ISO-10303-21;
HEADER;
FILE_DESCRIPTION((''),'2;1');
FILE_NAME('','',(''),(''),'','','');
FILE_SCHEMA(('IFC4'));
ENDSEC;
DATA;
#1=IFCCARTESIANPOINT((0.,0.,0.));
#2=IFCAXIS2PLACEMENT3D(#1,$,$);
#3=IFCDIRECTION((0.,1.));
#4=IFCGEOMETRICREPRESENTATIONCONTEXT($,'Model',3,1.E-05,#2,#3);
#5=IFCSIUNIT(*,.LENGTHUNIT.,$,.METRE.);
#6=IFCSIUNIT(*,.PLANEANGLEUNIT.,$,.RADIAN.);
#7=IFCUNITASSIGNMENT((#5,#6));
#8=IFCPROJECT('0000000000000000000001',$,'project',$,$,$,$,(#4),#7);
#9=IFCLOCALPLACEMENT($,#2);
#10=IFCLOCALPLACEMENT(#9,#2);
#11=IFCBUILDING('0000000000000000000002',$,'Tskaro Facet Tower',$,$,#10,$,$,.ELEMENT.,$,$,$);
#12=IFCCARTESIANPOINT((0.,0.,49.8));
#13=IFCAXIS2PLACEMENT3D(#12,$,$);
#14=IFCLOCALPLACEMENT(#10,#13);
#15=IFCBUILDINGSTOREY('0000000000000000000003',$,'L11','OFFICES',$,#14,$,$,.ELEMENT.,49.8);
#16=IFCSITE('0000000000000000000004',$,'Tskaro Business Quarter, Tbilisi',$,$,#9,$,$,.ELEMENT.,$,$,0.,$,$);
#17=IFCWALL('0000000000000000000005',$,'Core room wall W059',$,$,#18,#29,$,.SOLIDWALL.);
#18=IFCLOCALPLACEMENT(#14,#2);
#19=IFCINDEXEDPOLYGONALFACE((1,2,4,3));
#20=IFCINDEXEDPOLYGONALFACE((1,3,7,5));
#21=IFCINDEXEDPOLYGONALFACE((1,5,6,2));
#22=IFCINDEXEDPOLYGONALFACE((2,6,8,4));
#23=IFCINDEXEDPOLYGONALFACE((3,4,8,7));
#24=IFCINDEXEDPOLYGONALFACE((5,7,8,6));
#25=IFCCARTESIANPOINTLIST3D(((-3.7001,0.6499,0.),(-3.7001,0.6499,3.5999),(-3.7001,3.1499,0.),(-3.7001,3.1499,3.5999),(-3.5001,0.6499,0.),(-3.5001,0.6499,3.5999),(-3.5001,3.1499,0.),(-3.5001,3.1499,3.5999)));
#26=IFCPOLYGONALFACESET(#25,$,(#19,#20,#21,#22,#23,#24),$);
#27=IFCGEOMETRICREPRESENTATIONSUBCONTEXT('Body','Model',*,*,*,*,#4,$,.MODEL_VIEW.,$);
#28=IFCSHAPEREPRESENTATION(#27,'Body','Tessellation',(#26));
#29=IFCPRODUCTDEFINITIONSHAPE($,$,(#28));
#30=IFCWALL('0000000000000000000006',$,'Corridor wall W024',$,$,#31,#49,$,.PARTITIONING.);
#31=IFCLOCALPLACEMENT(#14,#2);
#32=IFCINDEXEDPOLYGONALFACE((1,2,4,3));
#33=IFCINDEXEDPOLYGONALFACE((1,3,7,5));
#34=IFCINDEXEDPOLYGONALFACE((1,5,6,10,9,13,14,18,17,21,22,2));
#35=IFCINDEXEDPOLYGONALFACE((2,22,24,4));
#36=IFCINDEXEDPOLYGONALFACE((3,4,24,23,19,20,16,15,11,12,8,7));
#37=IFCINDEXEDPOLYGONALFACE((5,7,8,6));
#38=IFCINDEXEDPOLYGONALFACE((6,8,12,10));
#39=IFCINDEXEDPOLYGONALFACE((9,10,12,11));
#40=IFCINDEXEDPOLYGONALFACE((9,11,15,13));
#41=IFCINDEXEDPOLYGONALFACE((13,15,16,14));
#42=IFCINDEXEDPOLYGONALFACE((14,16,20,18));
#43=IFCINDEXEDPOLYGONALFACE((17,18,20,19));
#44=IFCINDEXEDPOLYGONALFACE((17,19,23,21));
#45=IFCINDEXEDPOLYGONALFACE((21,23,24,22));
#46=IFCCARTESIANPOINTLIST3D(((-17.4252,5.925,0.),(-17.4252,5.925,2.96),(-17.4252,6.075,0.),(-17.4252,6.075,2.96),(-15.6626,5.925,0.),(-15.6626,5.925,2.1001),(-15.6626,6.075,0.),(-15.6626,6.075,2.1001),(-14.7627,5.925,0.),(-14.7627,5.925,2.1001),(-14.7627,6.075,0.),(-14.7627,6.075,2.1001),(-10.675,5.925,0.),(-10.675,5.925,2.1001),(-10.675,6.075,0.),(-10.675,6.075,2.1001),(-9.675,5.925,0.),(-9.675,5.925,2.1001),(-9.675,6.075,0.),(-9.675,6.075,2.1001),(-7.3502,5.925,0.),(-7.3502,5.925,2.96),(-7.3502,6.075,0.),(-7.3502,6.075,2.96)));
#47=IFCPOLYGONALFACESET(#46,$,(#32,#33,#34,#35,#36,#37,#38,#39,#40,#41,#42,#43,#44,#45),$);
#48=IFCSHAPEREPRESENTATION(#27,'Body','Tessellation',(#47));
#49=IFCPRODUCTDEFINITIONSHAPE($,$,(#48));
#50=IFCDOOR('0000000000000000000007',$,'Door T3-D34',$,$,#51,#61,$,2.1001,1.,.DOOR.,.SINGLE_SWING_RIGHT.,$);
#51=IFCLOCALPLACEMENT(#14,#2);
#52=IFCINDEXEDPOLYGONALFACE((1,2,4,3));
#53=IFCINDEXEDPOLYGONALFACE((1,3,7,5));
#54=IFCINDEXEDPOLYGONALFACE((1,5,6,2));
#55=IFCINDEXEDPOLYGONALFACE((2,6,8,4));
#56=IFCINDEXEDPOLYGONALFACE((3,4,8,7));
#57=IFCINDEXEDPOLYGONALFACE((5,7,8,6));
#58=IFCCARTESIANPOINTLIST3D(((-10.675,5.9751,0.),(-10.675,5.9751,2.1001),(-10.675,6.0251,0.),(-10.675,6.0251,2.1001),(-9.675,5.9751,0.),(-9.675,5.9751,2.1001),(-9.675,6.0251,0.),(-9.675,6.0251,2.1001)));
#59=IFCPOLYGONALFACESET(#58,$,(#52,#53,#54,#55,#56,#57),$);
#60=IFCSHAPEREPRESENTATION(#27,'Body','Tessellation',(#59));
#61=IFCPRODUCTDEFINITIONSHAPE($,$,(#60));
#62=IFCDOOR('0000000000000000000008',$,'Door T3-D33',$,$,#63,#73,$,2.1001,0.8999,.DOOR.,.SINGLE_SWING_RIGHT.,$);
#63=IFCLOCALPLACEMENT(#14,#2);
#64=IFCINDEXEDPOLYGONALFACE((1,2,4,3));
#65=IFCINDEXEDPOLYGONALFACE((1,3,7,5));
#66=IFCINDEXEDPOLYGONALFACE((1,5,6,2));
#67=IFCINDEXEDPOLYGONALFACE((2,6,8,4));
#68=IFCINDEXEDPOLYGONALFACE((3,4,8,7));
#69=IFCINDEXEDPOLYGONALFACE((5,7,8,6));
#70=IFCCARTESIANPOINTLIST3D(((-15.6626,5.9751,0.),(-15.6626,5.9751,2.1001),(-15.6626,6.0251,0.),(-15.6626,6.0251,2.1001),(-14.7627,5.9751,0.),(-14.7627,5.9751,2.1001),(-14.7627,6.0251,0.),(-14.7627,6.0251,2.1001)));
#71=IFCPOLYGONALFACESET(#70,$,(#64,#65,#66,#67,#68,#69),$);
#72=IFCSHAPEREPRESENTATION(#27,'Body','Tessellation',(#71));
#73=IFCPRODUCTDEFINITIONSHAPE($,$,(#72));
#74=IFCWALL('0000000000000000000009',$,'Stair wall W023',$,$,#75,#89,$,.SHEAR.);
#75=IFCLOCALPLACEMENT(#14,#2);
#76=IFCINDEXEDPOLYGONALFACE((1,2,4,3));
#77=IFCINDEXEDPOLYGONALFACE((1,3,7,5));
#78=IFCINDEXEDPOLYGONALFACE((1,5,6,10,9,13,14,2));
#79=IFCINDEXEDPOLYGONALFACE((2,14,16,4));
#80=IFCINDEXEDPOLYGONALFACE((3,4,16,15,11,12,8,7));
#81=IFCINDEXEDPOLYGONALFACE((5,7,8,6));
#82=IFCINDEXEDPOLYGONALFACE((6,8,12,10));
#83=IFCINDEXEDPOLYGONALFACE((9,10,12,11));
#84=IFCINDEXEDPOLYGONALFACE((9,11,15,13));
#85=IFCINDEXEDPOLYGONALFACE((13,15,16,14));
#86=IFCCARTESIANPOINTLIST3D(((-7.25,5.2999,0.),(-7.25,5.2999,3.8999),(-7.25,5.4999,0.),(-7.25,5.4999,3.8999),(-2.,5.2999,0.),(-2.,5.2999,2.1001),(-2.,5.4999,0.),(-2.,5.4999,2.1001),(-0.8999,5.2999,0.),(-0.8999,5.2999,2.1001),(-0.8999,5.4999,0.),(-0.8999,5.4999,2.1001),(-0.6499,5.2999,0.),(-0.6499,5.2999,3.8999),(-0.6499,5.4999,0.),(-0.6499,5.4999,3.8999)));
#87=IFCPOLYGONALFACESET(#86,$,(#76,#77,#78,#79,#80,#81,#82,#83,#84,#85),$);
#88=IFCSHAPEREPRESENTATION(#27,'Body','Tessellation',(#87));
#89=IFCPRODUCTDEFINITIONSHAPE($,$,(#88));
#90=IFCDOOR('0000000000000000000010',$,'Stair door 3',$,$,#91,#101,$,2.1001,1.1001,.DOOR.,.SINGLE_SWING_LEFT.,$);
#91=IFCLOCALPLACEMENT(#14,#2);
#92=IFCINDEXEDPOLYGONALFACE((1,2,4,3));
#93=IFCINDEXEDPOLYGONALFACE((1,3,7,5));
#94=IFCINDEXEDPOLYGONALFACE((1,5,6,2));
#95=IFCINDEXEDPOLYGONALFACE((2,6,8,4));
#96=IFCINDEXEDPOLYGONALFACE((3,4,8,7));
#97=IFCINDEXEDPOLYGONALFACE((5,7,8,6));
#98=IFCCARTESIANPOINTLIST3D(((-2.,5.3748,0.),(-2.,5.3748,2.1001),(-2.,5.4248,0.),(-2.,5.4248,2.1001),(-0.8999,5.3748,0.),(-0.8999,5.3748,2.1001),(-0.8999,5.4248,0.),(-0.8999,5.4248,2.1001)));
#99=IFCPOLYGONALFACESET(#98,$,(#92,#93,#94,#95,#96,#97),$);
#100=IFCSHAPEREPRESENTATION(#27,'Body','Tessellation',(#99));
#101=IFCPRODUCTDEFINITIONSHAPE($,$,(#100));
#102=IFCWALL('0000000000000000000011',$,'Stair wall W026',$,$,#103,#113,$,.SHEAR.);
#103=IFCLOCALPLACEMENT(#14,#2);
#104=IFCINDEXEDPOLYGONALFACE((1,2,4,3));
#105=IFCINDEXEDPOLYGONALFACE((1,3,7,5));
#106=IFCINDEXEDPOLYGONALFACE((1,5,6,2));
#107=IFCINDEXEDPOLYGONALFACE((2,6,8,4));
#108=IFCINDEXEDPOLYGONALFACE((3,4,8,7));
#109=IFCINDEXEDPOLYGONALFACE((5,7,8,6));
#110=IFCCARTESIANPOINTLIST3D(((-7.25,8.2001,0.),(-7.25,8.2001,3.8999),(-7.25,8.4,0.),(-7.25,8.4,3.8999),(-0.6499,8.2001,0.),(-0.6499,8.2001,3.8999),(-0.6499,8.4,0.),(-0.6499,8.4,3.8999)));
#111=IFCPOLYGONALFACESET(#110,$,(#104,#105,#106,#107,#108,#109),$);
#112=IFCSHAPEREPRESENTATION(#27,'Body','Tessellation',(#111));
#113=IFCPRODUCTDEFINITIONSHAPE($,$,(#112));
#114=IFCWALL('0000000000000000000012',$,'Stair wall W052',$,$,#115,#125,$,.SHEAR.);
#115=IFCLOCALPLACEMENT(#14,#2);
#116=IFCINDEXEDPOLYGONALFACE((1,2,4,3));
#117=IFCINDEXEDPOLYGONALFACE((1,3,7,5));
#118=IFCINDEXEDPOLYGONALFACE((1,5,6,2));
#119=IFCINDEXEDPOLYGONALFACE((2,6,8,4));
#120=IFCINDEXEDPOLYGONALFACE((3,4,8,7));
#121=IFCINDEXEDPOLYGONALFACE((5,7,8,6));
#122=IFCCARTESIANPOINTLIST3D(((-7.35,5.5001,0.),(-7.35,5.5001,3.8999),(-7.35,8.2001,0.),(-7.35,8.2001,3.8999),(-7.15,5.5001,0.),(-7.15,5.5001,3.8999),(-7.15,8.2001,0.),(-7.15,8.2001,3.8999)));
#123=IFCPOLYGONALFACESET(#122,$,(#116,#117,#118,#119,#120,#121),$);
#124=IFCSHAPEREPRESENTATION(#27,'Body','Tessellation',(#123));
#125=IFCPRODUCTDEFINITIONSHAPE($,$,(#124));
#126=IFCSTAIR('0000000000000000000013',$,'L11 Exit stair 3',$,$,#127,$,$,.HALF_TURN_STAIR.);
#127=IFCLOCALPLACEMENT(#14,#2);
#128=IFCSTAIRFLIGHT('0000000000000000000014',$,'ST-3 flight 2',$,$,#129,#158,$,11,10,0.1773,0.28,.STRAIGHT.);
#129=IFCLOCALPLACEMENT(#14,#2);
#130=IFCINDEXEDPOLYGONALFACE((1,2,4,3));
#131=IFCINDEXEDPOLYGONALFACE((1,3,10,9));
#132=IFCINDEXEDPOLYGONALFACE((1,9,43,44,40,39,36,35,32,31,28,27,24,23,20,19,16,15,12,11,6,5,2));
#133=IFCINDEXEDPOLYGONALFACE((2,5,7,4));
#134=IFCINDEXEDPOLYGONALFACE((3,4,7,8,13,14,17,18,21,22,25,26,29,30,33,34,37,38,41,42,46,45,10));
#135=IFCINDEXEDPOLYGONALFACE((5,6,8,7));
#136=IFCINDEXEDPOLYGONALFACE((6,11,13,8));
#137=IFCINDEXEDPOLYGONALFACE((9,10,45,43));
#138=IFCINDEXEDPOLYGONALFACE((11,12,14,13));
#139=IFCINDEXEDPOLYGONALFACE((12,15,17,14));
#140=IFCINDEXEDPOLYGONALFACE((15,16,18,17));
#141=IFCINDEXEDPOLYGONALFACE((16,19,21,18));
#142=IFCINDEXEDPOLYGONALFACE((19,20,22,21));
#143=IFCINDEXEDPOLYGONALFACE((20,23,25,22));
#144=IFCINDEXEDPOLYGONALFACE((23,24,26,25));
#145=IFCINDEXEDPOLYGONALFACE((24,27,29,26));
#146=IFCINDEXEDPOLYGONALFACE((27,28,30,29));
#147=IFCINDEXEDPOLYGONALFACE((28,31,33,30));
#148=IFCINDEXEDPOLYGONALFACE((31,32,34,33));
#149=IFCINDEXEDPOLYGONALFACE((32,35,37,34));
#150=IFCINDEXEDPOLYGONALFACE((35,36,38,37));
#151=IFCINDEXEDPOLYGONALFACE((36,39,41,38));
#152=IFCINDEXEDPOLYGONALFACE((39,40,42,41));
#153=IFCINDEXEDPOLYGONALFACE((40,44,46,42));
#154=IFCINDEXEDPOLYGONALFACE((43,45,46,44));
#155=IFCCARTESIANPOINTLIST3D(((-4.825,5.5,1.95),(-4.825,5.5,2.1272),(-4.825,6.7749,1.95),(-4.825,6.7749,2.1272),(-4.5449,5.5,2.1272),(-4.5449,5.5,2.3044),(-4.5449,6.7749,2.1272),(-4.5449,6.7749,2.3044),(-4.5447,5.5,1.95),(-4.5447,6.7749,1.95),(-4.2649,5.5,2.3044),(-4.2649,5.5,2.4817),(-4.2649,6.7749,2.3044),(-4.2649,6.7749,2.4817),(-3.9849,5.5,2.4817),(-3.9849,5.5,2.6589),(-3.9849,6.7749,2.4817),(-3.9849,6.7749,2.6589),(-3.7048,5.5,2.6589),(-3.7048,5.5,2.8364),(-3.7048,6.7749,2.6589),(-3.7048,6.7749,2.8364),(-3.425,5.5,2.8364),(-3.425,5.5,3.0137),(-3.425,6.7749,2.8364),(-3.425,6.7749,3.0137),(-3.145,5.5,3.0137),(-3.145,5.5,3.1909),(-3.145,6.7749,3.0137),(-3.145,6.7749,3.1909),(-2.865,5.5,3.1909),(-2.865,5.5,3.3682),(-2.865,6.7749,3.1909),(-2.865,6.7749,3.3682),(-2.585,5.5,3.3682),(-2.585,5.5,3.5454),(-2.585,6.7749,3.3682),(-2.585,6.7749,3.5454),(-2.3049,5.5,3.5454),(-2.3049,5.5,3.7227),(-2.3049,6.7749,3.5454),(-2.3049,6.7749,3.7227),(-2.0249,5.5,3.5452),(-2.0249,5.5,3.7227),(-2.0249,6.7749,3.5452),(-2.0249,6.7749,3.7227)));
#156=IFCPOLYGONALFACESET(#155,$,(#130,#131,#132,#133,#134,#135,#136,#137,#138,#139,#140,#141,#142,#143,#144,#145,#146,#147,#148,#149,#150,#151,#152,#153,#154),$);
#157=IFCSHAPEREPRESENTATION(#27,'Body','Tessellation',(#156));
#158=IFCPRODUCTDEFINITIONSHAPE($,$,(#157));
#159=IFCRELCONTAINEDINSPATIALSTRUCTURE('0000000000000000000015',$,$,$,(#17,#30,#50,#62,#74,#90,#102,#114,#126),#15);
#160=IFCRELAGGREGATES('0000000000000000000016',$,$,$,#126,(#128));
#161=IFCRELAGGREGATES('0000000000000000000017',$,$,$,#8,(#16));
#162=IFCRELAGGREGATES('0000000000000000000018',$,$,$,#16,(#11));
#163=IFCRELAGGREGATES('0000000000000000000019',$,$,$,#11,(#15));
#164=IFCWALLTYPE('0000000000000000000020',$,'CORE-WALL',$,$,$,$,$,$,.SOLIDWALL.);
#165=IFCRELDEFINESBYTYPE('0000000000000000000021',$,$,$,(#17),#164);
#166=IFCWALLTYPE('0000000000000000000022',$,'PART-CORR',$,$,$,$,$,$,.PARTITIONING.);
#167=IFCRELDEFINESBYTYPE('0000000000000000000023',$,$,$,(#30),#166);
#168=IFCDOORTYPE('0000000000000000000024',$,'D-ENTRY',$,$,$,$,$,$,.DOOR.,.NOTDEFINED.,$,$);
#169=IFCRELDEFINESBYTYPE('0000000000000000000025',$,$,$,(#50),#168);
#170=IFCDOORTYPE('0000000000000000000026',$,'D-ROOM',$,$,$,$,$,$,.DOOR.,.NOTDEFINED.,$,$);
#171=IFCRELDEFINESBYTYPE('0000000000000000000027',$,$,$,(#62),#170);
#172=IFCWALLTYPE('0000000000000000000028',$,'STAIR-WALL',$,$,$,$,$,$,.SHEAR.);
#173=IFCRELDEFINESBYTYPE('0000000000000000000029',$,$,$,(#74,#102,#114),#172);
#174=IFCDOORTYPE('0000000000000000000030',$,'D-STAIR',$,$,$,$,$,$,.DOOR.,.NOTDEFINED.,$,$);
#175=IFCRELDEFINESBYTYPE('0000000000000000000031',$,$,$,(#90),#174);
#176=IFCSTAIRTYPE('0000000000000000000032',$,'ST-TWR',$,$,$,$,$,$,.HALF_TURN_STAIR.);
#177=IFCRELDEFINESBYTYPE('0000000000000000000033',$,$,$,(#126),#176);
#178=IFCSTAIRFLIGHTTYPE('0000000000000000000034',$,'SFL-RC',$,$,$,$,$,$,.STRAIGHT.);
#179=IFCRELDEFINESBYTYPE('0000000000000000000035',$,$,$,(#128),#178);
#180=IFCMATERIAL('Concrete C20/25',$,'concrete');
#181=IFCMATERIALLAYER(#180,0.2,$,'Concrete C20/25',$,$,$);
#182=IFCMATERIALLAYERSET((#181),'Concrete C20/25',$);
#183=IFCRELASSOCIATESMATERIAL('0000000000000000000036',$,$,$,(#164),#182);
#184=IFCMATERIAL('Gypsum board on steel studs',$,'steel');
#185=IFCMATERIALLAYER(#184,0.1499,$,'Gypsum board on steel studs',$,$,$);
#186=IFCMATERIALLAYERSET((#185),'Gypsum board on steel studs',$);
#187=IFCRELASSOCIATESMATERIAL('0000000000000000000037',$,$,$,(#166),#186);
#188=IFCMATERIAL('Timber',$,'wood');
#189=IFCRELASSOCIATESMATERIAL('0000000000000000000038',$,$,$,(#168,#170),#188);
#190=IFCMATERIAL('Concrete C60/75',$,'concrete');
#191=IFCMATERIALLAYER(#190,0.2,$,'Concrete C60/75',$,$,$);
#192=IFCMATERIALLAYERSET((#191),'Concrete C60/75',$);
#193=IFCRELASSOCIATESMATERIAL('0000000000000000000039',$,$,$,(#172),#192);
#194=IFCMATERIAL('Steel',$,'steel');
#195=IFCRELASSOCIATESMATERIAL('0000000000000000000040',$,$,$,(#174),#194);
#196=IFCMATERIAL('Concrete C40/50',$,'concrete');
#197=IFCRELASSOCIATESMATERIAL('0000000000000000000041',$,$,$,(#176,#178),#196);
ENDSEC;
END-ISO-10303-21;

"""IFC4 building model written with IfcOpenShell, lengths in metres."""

from ifc_helpers import new_model, si_unit, direction, frame, frame_2d, origin, place, context, subcontext, project, spatial, polyline, rectangle, outline, extrude, material, layer, layer_set, type_object, element, fill, aggregate, save


model = new_model("IFC4")

# Units and contexts
model_context = context("Model", 3, precision=1e-05, world=origin(), true_north=direction((0.0, 1.0)))
body_context = subcontext(model_context, "Body", "Model", "MODEL_VIEW")
ifc_project = project(units=[si_unit("LENGTHUNIT", "METRE"), si_unit("PLANEANGLEUNIT", "RADIAN")], contexts=[model_context])

# Site, building, storey
site_placement = place(None, origin())
site = spatial("IfcSite", under=ifc_project, at=site_placement, Name="Tskaro Business Quarter, Tbilisi", CompositionType="ELEMENT", RefElevation=0.0)
building_placement = place(site_placement, origin())
building = spatial("IfcBuilding", under=site, at=building_placement, Name="Tskaro Facet Tower", CompositionType="ELEMENT")
storey_placement = place(building_placement, frame((0.0, 0.0, 49.8)))
storey = spatial("IfcBuildingStorey", under=building, at=storey_placement, Name="L11", Description="OFFICES", CompositionType="ELEMENT", Elevation=49.8)

# Wall
ifc_material_1 = material(Name="Concrete C20/25", Category="concrete")
ifc_layer_1 = layer(ifc_material_1, 0.2, Name="Concrete C20/25")
ifc_layer_set_1 = layer_set([ifc_layer_1], Name="Concrete C20/25")
wall_type_1 = type_object("IfcWallType", Name="CORE-WALL", PredefinedType="SOLIDWALL", material=ifc_layer_set_1)
for number, where, z_axis, x_axis, name in (
    (1, (-3.6001, 0.6499, 0.0), (0.0, 0.0, 1.0), (0.0, 1.0, 0.0), "Core room wall W059"),
):
    element("IfcWall", number, at=place(storey_placement, frame(where, z_axis=z_axis, x_axis=x_axis)), inside=storey, type_object=wall_type_1, Name=name, PredefinedType="SOLIDWALL", context=body_context, shape_type="SweptSolid", body=[
        extrude(rectangle(XDim=2.5, YDim=0.2, at=frame_2d((1.25, 0.0))), origin(), (0.0, 0.0, 1.0), 3.5999),
    ])

# Wall, openings, doors
ifc_material_2 = material(Name="Gypsum board on steel studs", Category="steel")
ifc_layer_2 = layer(ifc_material_2, 0.1499, Name="Gypsum board on steel studs")
ifc_layer_set_2 = layer_set([ifc_layer_2], Name="Gypsum board on steel studs")
wall_type_2 = type_object("IfcWallType", Name="PART-CORR", PredefinedType="PARTITIONING", material=ifc_layer_set_2)
wall_1_placement = place(storey_placement, frame((-7.3501, 6.0, 0.0), z_axis=(0.0, 0.0, 1.0), x_axis=(-1.0, 0.0, 0.0)))
wall_1 = element("IfcWall", 2, at=wall_1_placement, inside=storey, type_object=wall_type_2, Name="Corridor wall W024", PredefinedType="PARTITIONING", context=body_context, shape_type="SweptSolid", body=[
    extrude(rectangle(XDim=10.075, YDim=0.1499, at=frame_2d((5.0376, 0.0))), origin(), (0.0, 0.0, 1.0), 2.96),
])
opening_1_placement = place(wall_1_placement, frame((2.325, 0.0, 0.0)))
opening_1 = element("IfcOpeningElement", 3, at=opening_1_placement, cuts=wall_1, PredefinedType="OPENING", context=body_context, shape_type="SweptSolid", body=[
    extrude(rectangle(XDim=1.0, YDim=2.1001, at=frame_2d((0.5, 1.05))), frame((0.0, 0.085, 0.0), z_axis=(0.0, -1.0, 0.0), x_axis=(1.0, 0.0, 0.0)), (0.0, 0.0, 1.0), 0.1699),
])
opening_2_placement = place(wall_1_placement, frame((7.4126, 0.0, 0.0)))
opening_2 = element("IfcOpeningElement", 4, at=opening_2_placement, cuts=wall_1, PredefinedType="OPENING", context=body_context, shape_type="SweptSolid", body=[
    extrude(rectangle(XDim=0.8999, YDim=2.1001, at=frame_2d((0.45, 1.05))), frame((0.0, 0.085, 0.0), z_axis=(0.0, -1.0, 0.0), x_axis=(1.0, 0.0, 0.0)), (0.0, 0.0, 1.0), 0.1699),
])
ifc_material_3 = material(Name="Timber", Category="wood")
door_type_1 = type_object("IfcDoorType", Name="D-ENTRY", OperationType="NOTDEFINED", PredefinedType="DOOR", material=ifc_material_3)
door_1_placement = place(opening_1_placement, origin())
door_1 = element("IfcDoor", 5, at=door_1_placement, inside=storey, type_object=door_type_1, Name="Door T3-D34", OperationType="SINGLE_SWING_RIGHT", OverallHeight=2.1001, OverallWidth=1.0, PredefinedType="DOOR", context=body_context, shape_type="SweptSolid", body=[
    extrude(rectangle(XDim=1.0, YDim=2.1001, at=frame_2d((0.5, 1.05))), frame((0.0, 0.0249, 0.0), z_axis=(0.0, -1.0, 0.0), x_axis=(1.0, 0.0, 0.0)), (0.0, 0.0, 1.0), 0.05),
])
fill(opening_1, door_1)
door_type_2 = type_object("IfcDoorType", Name="D-ROOM", OperationType="NOTDEFINED", PredefinedType="DOOR", material=ifc_material_3)
door_2_placement = place(opening_2_placement, origin())
door_2 = element("IfcDoor", 6, at=door_2_placement, inside=storey, type_object=door_type_2, Name="Door T3-D33", OperationType="SINGLE_SWING_RIGHT", OverallHeight=2.1001, OverallWidth=0.8999, PredefinedType="DOOR", context=body_context, shape_type="SweptSolid", body=[
    extrude(rectangle(XDim=0.8999, YDim=2.1001, at=frame_2d((0.45, 1.05))), frame((0.0, 0.0249, 0.0), z_axis=(0.0, -1.0, 0.0), x_axis=(1.0, 0.0, 0.0)), (0.0, 0.0, 1.0), 0.05),
])
fill(opening_2, door_2)

# Wall, opening, door
ifc_material_4 = material(Name="Concrete C60/75", Category="concrete")
ifc_layer_3 = layer(ifc_material_4, 0.2, Name="Concrete C60/75")
ifc_layer_set_3 = layer_set([ifc_layer_3], Name="Concrete C60/75")
wall_type_3 = type_object("IfcWallType", Name="STAIR-WALL", PredefinedType="SHEAR", material=ifc_layer_set_3)
wall_2_placement = place(storey_placement, frame((-7.25, 5.3999, 0.0), z_axis=(0.0, 0.0, 1.0), x_axis=(1.0, 0.0, 0.0)))
wall_2 = element("IfcWall", 7, at=wall_2_placement, inside=storey, type_object=wall_type_3, Name="Stair wall W023", PredefinedType="SHEAR", context=body_context, shape_type="SweptSolid", body=[
    extrude(rectangle(XDim=6.6001, YDim=0.2, at=frame_2d((3.3, 0.0))), origin(), (0.0, 0.0, 1.0), 3.8999),
])
opening_3_placement = place(wall_2_placement, frame((5.25, 0.0, 0.0)))
opening_3 = element("IfcOpeningElement", 8, at=opening_3_placement, cuts=wall_2, PredefinedType="OPENING", context=body_context, shape_type="SweptSolid", body=[
    extrude(rectangle(XDim=1.1001, YDim=2.1001, at=frame_2d((0.55, 1.05))), frame((0.0, 0.1099, 0.0), z_axis=(0.0, -1.0, 0.0), x_axis=(1.0, 0.0, 0.0)), (0.0, 0.0, 1.0), 0.22),
])
ifc_material_5 = material(Name="Steel", Category="steel")
door_type_3 = type_object("IfcDoorType", Name="D-STAIR", OperationType="NOTDEFINED", PredefinedType="DOOR", material=ifc_material_5)
door_3_placement = place(opening_3_placement, origin())
door_3 = element("IfcDoor", 9, at=door_3_placement, inside=storey, type_object=door_type_3, Name="Stair door 3", OperationType="SINGLE_SWING_LEFT", OverallHeight=2.1001, OverallWidth=1.1001, PredefinedType="DOOR", context=body_context, shape_type="SweptSolid", body=[
    extrude(rectangle(XDim=1.1001, YDim=2.1001, at=frame_2d((0.55, 1.05))), frame((0.0, 0.0249, 0.0), z_axis=(0.0, -1.0, 0.0), x_axis=(1.0, 0.0, 0.0)), (0.0, 0.0, 1.0), 0.05),
])
fill(opening_3, door_3)

# Walls
wall_3_placement = place(storey_placement, frame((-7.25, 8.3, 0.0), z_axis=(0.0, 0.0, 1.0), x_axis=(1.0, 0.0, 0.0)))
element("IfcWall", 10, at=wall_3_placement, inside=storey, type_object=wall_type_3, Name="Stair wall W026", PredefinedType="SHEAR", context=body_context, shape_type="SweptSolid", body=[
    extrude(rectangle(XDim=6.6001, YDim=0.2, at=frame_2d((3.3, 0.0))), origin(), (0.0, 0.0, 1.0), 3.8999),
])
wall_4_placement = place(storey_placement, frame((-7.25, 5.5, 0.0), z_axis=(0.0, 0.0, 1.0), x_axis=(0.0, 1.0, 0.0)))
element("IfcWall", 11, at=wall_4_placement, inside=storey, type_object=wall_type_3, Name="Stair wall W052", PredefinedType="SHEAR", context=body_context, shape_type="SweptSolid", body=[
    extrude(rectangle(XDim=2.7, YDim=0.2, at=frame_2d((1.3501, 0.0))), origin(), (0.0, 0.0, 1.0), 3.8999),
])

# Stair, stair flight
ifc_material_6 = material(Name="Concrete C40/50", Category="concrete")
stair_type = type_object("IfcStairType", Name="ST-TWR", PredefinedType="HALF_TURN_STAIR", material=ifc_material_6)
stair_placement = place(storey_placement, origin())
stair = element("IfcStair", 12, at=stair_placement, inside=storey, type_object=stair_type, Name="L11 Exit stair 3", PredefinedType="HALF_TURN_STAIR")
stair_flight_type = type_object("IfcStairFlightType", Name="SFL-RC", PredefinedType="STRAIGHT", material=ifc_material_6)
stair_flight_placement = place(storey_placement, frame((-4.825, 6.1375, 1.95), z_axis=(0.0, 0.0, 1.0), x_axis=(1.0, 0.0, 0.0)))
stair_flight = element("IfcStairFlight", 13, at=stair_flight_placement, type_object=stair_flight_type, Name="ST-3 flight 2", NumberOfRisers=11, NumberOfTreads=10, PredefinedType="STRAIGHT", RiserHeight=0.1773, TreadLength=0.28, context=body_context, shape_type="SweptSolid", body=[
    extrude(outline(polyline([(0.0, 0.0), (0.0, 0.1772), (0.28, 0.1772), (0.28, 0.3545), (0.5601, 0.3545), (0.5601, 0.5317), (0.8401, 0.5317), (0.8401, 0.709), (1.1201, 0.709), (1.1201, 0.8865), (1.3999, 0.8865), (1.3999, 1.0637), (1.6799, 1.0637), (1.6799, 1.241), (1.96, 1.241), (1.96, 1.4182), (2.24, 1.4182), (2.24, 1.5955), (2.52, 1.5955), (2.52, 1.7727), (2.8, 1.7727), (2.8, 1.95), (2.8, 1.5952), (0.2803, 0.0), (0.0, 0.0)])), frame((0.0, 0.6375, 0.0), z_axis=(0.0, -1.0, 0.0), x_axis=(1.0, 0.0, 0.0)), (0.0, 0.0, 1.0), 1.2749),
])
aggregate(stair, [stair_flight])

save(model, "model.ifc")
